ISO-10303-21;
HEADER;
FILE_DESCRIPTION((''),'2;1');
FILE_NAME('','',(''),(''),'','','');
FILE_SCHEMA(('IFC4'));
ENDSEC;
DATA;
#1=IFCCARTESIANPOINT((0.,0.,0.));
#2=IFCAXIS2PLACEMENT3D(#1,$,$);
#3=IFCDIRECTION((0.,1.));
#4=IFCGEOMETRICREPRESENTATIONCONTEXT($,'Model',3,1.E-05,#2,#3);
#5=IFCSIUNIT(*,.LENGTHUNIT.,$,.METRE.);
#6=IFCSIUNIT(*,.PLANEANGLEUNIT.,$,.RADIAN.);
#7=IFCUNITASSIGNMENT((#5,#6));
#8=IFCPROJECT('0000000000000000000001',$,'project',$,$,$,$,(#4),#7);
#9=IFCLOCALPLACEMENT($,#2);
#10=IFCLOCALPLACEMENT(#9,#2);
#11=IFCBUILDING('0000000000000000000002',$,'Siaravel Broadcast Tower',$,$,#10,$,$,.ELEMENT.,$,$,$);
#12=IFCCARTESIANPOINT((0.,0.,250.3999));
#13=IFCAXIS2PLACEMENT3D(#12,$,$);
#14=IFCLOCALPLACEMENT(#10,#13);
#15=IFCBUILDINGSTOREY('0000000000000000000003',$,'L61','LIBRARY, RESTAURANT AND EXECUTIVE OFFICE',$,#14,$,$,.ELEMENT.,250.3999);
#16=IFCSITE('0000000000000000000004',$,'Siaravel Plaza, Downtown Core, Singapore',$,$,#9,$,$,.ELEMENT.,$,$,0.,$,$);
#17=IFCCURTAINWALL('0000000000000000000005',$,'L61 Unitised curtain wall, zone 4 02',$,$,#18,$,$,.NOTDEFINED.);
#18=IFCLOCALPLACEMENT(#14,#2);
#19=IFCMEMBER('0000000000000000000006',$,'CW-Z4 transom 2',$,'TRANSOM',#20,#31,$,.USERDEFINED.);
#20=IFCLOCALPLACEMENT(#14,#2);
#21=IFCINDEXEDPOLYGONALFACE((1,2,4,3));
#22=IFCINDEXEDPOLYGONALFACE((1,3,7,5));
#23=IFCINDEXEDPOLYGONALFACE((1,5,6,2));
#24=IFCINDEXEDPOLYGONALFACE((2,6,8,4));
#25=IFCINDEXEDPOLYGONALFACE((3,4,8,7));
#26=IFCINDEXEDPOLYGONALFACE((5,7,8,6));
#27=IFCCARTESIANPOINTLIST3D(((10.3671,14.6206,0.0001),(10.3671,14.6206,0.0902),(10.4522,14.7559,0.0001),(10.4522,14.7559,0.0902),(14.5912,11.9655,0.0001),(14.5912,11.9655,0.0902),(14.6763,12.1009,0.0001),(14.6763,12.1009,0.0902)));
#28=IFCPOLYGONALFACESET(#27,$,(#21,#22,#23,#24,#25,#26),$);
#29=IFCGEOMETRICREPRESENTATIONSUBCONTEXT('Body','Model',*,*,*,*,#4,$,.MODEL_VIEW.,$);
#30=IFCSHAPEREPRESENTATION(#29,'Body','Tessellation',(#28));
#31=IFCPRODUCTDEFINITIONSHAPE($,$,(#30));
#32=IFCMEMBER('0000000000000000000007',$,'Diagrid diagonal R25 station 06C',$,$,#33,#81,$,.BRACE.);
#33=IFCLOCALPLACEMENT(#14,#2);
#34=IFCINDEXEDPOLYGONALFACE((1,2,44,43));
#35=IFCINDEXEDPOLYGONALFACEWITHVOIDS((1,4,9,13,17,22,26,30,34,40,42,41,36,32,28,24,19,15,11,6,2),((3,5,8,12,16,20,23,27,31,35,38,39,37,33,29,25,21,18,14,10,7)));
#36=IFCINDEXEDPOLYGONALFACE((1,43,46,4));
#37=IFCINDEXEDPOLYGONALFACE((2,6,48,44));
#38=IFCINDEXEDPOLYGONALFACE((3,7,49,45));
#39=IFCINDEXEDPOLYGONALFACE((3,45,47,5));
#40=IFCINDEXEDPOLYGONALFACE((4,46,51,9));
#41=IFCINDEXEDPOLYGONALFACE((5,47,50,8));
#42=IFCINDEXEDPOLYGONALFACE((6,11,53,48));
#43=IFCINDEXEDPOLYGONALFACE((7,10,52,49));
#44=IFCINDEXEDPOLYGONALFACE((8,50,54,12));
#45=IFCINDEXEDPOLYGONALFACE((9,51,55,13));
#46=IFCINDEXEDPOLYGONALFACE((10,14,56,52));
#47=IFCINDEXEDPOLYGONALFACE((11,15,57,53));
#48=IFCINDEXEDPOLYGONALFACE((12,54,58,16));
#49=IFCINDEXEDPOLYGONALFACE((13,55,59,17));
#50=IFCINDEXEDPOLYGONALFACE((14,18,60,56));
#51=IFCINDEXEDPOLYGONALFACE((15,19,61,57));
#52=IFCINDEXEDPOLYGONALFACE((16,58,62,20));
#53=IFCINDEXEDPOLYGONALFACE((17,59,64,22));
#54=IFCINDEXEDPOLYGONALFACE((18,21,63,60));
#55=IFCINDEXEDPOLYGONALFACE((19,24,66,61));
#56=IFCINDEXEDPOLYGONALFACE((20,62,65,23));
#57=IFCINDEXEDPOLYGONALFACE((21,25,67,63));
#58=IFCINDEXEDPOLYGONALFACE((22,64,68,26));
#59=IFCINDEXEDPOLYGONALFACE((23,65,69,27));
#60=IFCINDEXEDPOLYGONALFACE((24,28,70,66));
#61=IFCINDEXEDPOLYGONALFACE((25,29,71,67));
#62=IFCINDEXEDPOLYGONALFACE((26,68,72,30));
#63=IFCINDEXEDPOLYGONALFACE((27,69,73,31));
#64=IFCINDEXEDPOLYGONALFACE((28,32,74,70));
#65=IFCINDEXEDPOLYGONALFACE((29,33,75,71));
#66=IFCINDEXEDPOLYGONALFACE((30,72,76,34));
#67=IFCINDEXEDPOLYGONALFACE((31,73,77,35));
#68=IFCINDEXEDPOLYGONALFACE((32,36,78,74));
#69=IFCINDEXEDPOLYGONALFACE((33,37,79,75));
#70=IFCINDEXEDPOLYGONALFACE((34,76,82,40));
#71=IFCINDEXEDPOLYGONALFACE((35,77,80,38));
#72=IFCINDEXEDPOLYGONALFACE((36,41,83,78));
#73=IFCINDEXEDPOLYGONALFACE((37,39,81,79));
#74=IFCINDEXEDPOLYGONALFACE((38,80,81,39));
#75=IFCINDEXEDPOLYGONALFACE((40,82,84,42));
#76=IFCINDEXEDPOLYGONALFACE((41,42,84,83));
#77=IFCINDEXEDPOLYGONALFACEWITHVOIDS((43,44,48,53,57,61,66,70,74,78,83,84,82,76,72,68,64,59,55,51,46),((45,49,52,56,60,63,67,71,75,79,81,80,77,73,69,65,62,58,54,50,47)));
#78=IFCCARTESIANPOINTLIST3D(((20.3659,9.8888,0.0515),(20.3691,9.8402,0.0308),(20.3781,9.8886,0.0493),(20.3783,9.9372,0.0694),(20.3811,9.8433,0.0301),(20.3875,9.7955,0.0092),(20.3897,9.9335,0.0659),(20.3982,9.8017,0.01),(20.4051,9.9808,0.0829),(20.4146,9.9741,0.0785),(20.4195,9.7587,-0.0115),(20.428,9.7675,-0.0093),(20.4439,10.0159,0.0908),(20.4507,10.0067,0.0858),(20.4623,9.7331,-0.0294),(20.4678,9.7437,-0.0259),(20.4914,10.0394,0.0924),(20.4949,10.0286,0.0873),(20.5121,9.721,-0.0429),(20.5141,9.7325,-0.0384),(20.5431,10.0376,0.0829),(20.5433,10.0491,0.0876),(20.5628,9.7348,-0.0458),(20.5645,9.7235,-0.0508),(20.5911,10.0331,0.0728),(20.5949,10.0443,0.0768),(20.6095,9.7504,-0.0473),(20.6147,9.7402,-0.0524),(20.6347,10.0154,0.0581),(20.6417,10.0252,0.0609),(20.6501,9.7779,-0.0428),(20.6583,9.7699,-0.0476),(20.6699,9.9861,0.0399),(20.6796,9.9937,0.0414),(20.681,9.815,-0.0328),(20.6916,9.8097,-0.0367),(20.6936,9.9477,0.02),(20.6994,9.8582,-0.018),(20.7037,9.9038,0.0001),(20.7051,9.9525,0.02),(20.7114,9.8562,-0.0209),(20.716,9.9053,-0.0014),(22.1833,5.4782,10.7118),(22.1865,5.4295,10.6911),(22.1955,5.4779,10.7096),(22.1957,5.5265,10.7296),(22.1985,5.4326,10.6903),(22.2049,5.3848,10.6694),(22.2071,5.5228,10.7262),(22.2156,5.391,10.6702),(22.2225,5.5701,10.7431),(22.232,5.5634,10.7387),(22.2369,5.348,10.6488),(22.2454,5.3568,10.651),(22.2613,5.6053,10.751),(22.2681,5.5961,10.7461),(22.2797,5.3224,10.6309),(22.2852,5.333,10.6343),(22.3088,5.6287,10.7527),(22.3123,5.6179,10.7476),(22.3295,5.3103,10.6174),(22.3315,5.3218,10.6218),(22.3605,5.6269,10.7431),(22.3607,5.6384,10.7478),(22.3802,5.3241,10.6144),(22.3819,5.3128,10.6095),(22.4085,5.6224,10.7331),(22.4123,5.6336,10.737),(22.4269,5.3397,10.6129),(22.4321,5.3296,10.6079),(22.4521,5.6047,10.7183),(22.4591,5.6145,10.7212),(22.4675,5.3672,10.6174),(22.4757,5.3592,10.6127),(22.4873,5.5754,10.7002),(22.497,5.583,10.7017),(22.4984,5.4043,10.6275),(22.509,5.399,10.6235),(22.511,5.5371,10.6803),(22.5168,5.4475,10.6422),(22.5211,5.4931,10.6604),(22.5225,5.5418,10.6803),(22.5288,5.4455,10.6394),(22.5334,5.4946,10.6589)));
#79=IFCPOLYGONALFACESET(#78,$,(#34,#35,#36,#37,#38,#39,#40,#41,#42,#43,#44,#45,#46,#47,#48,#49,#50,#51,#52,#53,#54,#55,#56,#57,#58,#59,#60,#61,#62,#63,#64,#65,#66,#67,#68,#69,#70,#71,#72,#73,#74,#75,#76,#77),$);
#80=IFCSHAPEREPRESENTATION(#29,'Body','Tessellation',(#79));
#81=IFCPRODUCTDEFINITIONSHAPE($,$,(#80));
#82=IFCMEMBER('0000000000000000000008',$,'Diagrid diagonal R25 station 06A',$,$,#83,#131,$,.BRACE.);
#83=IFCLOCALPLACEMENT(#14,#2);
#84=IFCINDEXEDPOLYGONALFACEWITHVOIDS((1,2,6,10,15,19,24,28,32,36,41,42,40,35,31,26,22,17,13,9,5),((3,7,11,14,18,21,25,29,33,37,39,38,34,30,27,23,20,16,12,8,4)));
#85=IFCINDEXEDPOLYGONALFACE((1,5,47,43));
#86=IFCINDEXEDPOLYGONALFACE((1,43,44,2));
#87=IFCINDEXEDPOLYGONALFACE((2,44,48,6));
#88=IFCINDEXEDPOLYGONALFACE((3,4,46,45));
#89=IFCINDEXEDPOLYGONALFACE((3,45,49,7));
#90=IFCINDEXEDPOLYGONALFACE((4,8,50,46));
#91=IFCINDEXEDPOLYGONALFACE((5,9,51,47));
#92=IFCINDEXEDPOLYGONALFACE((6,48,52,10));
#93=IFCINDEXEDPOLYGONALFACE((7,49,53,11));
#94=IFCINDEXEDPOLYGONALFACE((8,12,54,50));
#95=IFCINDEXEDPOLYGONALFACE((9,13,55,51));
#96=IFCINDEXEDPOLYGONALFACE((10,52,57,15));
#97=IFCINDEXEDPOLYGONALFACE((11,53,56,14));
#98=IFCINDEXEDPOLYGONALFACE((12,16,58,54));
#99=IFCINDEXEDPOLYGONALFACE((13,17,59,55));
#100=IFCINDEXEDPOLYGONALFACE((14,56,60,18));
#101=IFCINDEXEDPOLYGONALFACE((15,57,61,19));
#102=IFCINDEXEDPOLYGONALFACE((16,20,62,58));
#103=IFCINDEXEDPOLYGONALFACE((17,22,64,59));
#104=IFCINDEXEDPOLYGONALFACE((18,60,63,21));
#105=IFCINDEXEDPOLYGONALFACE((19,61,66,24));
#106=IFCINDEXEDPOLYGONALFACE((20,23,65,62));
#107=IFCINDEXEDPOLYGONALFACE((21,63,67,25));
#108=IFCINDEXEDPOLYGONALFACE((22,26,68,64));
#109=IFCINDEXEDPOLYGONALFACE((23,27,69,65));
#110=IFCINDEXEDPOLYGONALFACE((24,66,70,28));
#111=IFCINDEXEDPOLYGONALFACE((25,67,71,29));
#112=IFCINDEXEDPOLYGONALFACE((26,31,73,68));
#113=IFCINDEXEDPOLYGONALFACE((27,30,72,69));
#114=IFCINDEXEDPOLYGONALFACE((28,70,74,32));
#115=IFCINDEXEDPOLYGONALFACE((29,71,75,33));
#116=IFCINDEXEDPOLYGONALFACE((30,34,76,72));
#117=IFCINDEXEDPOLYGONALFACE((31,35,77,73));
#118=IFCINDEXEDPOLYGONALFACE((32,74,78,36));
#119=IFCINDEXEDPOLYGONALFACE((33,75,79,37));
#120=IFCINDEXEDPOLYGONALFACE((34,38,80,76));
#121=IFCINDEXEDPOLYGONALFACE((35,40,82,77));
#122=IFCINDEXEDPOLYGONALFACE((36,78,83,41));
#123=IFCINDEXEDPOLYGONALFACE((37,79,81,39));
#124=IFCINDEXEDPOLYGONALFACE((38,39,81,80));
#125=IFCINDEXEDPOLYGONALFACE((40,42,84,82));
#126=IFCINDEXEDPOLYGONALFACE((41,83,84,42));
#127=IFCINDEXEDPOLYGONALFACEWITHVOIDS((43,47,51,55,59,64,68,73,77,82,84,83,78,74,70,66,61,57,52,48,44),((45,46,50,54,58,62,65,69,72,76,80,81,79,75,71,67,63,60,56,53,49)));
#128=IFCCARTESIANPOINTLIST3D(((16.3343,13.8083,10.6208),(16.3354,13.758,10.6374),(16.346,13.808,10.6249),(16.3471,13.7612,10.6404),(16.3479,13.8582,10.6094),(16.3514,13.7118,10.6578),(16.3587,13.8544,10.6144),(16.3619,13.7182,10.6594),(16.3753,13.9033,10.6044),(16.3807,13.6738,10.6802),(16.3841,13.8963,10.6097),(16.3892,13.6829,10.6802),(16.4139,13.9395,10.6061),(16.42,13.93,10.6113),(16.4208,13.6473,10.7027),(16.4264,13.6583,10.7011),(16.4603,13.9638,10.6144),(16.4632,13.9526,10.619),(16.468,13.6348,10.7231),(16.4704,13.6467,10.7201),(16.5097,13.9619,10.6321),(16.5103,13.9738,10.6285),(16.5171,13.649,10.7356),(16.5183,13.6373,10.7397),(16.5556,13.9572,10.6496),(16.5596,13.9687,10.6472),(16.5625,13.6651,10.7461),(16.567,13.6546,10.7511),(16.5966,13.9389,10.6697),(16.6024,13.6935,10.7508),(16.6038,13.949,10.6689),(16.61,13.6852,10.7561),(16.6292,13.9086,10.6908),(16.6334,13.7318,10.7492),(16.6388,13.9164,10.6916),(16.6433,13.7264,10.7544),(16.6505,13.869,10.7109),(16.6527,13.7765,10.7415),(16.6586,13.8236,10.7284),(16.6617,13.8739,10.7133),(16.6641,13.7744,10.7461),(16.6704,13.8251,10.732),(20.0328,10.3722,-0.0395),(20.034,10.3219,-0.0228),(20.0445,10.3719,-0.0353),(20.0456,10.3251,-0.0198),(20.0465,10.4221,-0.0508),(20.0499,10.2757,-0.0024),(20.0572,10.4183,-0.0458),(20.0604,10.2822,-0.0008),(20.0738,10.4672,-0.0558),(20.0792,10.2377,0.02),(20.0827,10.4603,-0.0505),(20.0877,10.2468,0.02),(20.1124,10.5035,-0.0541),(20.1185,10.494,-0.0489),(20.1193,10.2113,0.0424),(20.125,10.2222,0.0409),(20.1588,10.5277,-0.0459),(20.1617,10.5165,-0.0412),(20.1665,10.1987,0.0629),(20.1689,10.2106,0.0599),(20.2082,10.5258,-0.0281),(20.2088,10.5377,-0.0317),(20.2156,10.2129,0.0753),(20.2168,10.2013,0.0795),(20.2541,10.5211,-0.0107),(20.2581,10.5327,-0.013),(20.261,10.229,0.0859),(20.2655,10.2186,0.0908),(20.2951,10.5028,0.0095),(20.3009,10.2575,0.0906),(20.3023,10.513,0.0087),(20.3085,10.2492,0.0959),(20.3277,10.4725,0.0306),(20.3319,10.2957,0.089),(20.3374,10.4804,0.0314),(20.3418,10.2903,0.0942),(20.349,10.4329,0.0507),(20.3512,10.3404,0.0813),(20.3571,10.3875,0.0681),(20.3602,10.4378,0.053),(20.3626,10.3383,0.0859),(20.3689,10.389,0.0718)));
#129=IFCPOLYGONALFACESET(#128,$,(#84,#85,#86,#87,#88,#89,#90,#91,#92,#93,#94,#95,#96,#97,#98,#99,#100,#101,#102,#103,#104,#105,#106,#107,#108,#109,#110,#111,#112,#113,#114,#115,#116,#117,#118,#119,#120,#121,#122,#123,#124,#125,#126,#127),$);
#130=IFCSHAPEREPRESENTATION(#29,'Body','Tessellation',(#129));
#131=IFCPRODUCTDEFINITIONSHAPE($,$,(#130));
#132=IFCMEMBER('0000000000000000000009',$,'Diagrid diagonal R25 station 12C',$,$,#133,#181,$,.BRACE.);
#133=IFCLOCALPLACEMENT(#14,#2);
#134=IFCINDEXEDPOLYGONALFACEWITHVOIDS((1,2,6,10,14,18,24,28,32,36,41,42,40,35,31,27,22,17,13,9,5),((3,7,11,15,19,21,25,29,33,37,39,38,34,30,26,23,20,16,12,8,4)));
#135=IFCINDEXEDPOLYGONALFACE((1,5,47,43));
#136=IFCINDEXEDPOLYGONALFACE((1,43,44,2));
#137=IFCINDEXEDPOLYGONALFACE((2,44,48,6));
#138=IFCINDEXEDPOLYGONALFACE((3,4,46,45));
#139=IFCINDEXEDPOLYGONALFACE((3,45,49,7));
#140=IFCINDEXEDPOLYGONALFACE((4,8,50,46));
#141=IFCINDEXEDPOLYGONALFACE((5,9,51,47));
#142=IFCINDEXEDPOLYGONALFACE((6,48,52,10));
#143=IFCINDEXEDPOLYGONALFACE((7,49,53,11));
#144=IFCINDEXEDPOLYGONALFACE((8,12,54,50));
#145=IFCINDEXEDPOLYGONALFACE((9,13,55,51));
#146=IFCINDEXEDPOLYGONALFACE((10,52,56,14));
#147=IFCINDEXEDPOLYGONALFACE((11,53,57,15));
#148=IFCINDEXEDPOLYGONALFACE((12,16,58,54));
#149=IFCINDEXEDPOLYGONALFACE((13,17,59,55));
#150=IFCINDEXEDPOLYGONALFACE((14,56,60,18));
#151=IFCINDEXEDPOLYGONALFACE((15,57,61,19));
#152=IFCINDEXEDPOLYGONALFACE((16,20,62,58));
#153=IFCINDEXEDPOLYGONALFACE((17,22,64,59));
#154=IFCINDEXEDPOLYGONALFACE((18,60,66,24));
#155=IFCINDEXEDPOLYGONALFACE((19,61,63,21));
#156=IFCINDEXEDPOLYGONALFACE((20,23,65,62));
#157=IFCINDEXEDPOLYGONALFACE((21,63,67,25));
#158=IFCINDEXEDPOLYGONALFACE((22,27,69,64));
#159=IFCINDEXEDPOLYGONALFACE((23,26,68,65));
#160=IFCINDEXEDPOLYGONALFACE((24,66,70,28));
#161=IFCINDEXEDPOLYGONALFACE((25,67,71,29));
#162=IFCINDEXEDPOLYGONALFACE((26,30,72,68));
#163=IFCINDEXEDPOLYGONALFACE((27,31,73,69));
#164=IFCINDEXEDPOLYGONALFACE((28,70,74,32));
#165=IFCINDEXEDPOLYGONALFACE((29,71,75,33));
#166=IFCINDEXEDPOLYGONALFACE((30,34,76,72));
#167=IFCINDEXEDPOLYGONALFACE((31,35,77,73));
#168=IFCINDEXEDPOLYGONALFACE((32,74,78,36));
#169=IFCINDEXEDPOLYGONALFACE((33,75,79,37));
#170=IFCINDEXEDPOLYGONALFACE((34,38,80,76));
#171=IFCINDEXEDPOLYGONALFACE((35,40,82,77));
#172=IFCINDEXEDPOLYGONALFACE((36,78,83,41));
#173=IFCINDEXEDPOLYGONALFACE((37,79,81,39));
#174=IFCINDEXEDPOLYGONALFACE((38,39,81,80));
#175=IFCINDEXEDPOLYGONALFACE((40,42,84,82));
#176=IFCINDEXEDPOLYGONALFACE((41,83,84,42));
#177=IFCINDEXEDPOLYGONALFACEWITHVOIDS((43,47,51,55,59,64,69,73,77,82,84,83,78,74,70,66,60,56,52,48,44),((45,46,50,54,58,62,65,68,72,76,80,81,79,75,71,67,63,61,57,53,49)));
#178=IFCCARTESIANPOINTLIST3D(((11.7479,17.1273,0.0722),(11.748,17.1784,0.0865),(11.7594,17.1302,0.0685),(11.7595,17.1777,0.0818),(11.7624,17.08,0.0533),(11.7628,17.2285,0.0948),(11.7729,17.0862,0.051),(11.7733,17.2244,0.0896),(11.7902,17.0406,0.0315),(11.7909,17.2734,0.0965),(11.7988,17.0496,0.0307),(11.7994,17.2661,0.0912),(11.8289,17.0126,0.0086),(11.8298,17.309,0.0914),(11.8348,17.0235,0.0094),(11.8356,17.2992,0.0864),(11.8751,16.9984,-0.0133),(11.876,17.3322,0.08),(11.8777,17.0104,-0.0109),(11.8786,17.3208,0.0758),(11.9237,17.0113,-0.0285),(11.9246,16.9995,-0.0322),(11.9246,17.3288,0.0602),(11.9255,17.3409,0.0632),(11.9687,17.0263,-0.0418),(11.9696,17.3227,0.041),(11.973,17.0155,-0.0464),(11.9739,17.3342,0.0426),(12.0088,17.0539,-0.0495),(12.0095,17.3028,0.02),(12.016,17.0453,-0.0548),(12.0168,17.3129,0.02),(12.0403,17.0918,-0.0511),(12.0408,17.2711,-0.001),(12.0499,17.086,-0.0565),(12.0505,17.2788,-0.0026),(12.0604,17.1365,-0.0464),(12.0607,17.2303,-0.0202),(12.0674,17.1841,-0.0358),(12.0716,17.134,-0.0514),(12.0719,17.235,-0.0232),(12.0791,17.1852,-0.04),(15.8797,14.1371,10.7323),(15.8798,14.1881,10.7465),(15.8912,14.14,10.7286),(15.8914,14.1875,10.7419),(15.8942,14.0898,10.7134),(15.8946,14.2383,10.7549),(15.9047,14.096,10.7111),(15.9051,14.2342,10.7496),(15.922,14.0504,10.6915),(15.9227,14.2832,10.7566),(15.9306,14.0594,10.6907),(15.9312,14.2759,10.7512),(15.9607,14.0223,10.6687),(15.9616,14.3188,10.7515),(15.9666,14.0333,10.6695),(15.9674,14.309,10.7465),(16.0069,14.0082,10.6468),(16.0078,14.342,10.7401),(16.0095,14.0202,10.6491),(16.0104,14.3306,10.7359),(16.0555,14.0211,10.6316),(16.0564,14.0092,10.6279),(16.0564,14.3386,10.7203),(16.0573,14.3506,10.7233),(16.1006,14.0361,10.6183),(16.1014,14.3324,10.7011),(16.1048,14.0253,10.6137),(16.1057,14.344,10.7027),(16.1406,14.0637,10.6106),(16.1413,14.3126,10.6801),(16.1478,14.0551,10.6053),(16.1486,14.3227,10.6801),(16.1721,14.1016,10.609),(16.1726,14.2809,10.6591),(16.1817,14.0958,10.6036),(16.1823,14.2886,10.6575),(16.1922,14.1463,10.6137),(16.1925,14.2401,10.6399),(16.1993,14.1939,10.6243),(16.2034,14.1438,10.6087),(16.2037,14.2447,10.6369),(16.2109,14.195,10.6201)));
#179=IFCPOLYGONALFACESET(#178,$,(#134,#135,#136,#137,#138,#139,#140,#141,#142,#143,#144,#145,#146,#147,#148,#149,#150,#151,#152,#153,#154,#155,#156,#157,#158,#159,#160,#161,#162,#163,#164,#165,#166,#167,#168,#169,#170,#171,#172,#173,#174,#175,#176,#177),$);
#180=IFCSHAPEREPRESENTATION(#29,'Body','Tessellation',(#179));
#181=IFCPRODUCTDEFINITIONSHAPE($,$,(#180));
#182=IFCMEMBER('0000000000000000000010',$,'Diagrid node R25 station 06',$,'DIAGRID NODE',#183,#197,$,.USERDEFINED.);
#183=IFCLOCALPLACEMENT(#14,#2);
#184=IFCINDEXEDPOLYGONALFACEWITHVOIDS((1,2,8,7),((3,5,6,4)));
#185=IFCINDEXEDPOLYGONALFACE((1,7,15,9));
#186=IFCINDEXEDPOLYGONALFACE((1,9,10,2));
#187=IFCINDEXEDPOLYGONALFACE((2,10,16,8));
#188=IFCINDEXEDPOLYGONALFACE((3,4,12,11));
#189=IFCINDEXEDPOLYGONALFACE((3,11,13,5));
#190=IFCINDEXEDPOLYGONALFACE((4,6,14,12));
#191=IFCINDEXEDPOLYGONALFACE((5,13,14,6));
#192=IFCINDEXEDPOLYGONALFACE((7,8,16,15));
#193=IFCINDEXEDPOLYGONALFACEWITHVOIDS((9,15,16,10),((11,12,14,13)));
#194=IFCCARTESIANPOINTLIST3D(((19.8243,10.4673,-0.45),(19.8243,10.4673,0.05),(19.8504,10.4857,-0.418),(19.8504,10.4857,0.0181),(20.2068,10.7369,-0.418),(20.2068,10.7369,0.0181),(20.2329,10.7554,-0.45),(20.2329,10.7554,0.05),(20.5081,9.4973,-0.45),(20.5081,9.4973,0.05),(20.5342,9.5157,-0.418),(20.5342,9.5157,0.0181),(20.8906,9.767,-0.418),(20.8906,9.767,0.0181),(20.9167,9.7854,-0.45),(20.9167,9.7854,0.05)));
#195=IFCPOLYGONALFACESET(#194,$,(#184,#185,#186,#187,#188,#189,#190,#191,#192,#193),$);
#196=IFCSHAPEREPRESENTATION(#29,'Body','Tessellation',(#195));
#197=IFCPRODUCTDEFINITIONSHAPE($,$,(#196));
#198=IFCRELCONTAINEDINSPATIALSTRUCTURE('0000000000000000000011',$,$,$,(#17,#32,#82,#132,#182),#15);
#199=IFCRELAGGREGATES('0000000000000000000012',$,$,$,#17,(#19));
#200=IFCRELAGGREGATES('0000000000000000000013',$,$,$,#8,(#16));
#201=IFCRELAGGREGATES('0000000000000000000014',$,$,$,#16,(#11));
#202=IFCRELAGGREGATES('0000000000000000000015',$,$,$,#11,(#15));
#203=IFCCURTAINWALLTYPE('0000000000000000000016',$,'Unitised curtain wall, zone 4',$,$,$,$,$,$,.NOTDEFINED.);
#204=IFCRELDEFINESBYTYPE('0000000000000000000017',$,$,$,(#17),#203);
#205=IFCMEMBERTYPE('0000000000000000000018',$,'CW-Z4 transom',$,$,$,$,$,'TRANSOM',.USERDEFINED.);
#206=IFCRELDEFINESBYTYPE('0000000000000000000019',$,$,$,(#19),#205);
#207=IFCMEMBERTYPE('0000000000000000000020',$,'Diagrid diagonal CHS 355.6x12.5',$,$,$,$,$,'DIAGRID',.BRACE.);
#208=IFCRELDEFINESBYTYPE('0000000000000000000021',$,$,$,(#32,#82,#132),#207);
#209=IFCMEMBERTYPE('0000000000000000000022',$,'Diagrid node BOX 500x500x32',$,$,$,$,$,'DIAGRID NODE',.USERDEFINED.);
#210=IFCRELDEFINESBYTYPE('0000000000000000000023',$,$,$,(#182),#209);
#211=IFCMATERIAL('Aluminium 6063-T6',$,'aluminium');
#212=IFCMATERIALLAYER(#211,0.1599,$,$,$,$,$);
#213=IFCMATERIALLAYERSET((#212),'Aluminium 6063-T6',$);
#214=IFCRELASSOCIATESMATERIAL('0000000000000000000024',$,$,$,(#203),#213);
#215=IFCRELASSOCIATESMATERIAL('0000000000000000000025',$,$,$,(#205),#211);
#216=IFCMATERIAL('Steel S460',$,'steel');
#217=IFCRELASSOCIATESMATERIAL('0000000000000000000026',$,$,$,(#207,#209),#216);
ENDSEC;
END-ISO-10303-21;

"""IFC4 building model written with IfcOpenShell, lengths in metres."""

from ifc_helpers import new_model, si_unit, direction, frame, origin, origin_2d, place, context, subcontext, project, spatial, rectangle, hollow_rectangle, hollow_circle, extrude, material, layer, layer_set, material_profile, profile_set, type_object, element, aggregate, save


model = new_model("IFC4")

# Units and contexts
model_context = context("Model", 3, precision=1e-05, world=origin(), true_north=direction((0.0, 1.0)))
body_context = subcontext(model_context, "Body", "Model", "MODEL_VIEW")
ifc_project = project(units=[si_unit("LENGTHUNIT", "METRE"), si_unit("PLANEANGLEUNIT", "RADIAN")], contexts=[model_context])

# Site, building, storey
site_placement = place(None, origin())
site = spatial("IfcSite", under=ifc_project, at=site_placement, Name="Siaravel Plaza, Downtown Core, Singapore", CompositionType="ELEMENT", RefElevation=0.0)
building_placement = place(site_placement, origin())
building = spatial("IfcBuilding", under=site, at=building_placement, Name="Siaravel Broadcast Tower", CompositionType="ELEMENT")
storey_placement = place(building_placement, frame((0.0, 0.0, 250.3999)))
storey = spatial("IfcBuildingStorey", under=building, at=storey_placement, Name="L61", Description="LIBRARY, RESTAURANT AND EXECUTIVE OFFICE", CompositionType="ELEMENT", Elevation=250.3999)

# Shared definitions
ifc_material_1 = material(Name="Aluminium 6063-T6", Category="aluminium")
ifc_layer_1 = layer(ifc_material_1, 0.1599)
ifc_layer_set_1 = layer_set([ifc_layer_1], Name="Aluminium 6063-T6")
curtain_wall_type = type_object("IfcCurtainWallType", Name="Unitised curtain wall, zone 4", PredefinedType="NOTDEFINED", material=ifc_layer_set_1)

# Curtain wall, member
curtain_wall_1_placement = place(storey_placement, origin())
curtain_wall_1 = element("IfcCurtainWall", 1, at=curtain_wall_1_placement, inside=storey, type_object=curtain_wall_type, Name="L61 Unitised curtain wall, zone 4 02", PredefinedType="NOTDEFINED")
ifc_material_profile_1 = material_profile(ifc_material_1, rectangle(XDim=0.1599, YDim=0.0901, at=origin_2d()))
ifc_profile_set_1 = profile_set([ifc_material_profile_1], Name="Aluminium 6063-T6")
member_type_1 = type_object("IfcMemberType", Name="CW-Z4 transom", ElementType="TRANSOM", PredefinedType="USERDEFINED", material=ifc_profile_set_1)
member_1_placement = place(storey_placement, frame((14.6338, 12.0332, 0.0452), z_axis=(-0.846649, 0.532153, 0.0), x_axis=(-0.532153, -0.846649, 0.0)))
member_1 = element("IfcMember", 2, at=member_1_placement, type_object=member_type_1, Name="CW-Z4 transom 2", ObjectType="TRANSOM", PredefinedType="USERDEFINED", context=body_context, shape_type="SweptSolid", body=[
    extrude(rectangle(XDim=0.1599, YDim=0.0901, at=origin_2d()), origin(), (0.0, 0.0, 1.0), 4.9893),
])

# Members
ifc_material_2 = material(Name="Steel S460", Category="steel")
ifc_material_profile_2 = material_profile(ifc_material_2, hollow_circle(Radius=0.1777, WallThickness=0.0125, at=origin_2d()))
ifc_profile_set_2 = profile_set([ifc_material_profile_2], Name="Steel S460")
member_type_2 = type_object("IfcMemberType", Name="Diagrid diagonal CHS 355.6x12.5", ElementType="DIAGRID", PredefinedType="BRACE", material=ifc_profile_set_2)
member_2_placement = place(storey_placement, frame((20.5408, 9.8848, 0.02), z_axis=(0.155613, -0.377661, 0.912774), x_axis=(0.924587, 0.380971, 0.0)))
element("IfcMember", 3, at=member_2_placement, inside=storey, type_object=member_type_2, Name="Diagrid diagonal R25 station 06C", PredefinedType="BRACE", context=body_context, shape_type="SweptSolid", body=[
    extrude(hollow_circle(Radius=0.1777, WallThickness=0.0125, at=origin_2d()), origin(), (0.0, 0.0, 1.0), 11.679),
])
member_3_placement = place(storey_placement, frame((20.2002, 10.3679, 0.02), z_axis=(-0.313562, 0.291311, 0.903779), x_axis=(-0.680635, -0.732623, 0.0)))
element("IfcMember", 4, at=member_3_placement, inside=storey, type_object=member_type_2, Name="Diagrid diagonal R25 station 06A", PredefinedType="BRACE", context=body_context, shape_type="SweptSolid", body=[
    extrude(hollow_circle(Radius=0.1777, WallThickness=0.0125, at=origin_2d()), origin(), (0.0, 0.0, 1.0), 11.7952),
])
member_4_placement = place(storey_placement, frame((11.9126, 17.1689, 0.02), z_axis=(0.349638, -0.253035, 0.902068), x_axis=(0.58628, 0.810108, 0.0)))
element("IfcMember", 5, at=member_4_placement, inside=storey, type_object=member_type_2, Name="Diagrid diagonal R25 station 12C", PredefinedType="BRACE", context=body_context, shape_type="SweptSolid", body=[
    extrude(hollow_circle(Radius=0.1777, WallThickness=0.0125, at=origin_2d()), origin(), (0.0, 0.0, 1.0), 11.8174),
])
ifc_material_profile_3 = material_profile(ifc_material_2, hollow_rectangle(XDim=0.5, YDim=0.5, WallThickness=0.032, at=origin_2d()))
ifc_profile_set_3 = profile_set([ifc_material_profile_3], Name="Steel S460")
member_type_3 = type_object("IfcMemberType", Name="Diagrid node BOX 500x500x32", ElementType="DIAGRID NODE", PredefinedType="USERDEFINED", material=ifc_profile_set_3)
member_5_placement = place(storey_placement, frame((20.7124, 9.6414, -0.2), z_axis=(-0.576207, 0.817304, 0.0), x_axis=(-0.817304, -0.576207, 0.0)))
element("IfcMember", 6, at=member_5_placement, inside=storey, type_object=member_type_3, Name="Diagrid node R25 station 06", ObjectType="DIAGRID NODE", PredefinedType="USERDEFINED", context=body_context, shape_type="SweptSolid", body=[
    extrude(hollow_rectangle(XDim=0.5, YDim=0.5, WallThickness=0.032, at=origin_2d()), origin(), (0.0, 0.0, 1.0), 1.1868),
])

aggregate(curtain_wall_1, [member_1])

save(model, "model.ifc")
